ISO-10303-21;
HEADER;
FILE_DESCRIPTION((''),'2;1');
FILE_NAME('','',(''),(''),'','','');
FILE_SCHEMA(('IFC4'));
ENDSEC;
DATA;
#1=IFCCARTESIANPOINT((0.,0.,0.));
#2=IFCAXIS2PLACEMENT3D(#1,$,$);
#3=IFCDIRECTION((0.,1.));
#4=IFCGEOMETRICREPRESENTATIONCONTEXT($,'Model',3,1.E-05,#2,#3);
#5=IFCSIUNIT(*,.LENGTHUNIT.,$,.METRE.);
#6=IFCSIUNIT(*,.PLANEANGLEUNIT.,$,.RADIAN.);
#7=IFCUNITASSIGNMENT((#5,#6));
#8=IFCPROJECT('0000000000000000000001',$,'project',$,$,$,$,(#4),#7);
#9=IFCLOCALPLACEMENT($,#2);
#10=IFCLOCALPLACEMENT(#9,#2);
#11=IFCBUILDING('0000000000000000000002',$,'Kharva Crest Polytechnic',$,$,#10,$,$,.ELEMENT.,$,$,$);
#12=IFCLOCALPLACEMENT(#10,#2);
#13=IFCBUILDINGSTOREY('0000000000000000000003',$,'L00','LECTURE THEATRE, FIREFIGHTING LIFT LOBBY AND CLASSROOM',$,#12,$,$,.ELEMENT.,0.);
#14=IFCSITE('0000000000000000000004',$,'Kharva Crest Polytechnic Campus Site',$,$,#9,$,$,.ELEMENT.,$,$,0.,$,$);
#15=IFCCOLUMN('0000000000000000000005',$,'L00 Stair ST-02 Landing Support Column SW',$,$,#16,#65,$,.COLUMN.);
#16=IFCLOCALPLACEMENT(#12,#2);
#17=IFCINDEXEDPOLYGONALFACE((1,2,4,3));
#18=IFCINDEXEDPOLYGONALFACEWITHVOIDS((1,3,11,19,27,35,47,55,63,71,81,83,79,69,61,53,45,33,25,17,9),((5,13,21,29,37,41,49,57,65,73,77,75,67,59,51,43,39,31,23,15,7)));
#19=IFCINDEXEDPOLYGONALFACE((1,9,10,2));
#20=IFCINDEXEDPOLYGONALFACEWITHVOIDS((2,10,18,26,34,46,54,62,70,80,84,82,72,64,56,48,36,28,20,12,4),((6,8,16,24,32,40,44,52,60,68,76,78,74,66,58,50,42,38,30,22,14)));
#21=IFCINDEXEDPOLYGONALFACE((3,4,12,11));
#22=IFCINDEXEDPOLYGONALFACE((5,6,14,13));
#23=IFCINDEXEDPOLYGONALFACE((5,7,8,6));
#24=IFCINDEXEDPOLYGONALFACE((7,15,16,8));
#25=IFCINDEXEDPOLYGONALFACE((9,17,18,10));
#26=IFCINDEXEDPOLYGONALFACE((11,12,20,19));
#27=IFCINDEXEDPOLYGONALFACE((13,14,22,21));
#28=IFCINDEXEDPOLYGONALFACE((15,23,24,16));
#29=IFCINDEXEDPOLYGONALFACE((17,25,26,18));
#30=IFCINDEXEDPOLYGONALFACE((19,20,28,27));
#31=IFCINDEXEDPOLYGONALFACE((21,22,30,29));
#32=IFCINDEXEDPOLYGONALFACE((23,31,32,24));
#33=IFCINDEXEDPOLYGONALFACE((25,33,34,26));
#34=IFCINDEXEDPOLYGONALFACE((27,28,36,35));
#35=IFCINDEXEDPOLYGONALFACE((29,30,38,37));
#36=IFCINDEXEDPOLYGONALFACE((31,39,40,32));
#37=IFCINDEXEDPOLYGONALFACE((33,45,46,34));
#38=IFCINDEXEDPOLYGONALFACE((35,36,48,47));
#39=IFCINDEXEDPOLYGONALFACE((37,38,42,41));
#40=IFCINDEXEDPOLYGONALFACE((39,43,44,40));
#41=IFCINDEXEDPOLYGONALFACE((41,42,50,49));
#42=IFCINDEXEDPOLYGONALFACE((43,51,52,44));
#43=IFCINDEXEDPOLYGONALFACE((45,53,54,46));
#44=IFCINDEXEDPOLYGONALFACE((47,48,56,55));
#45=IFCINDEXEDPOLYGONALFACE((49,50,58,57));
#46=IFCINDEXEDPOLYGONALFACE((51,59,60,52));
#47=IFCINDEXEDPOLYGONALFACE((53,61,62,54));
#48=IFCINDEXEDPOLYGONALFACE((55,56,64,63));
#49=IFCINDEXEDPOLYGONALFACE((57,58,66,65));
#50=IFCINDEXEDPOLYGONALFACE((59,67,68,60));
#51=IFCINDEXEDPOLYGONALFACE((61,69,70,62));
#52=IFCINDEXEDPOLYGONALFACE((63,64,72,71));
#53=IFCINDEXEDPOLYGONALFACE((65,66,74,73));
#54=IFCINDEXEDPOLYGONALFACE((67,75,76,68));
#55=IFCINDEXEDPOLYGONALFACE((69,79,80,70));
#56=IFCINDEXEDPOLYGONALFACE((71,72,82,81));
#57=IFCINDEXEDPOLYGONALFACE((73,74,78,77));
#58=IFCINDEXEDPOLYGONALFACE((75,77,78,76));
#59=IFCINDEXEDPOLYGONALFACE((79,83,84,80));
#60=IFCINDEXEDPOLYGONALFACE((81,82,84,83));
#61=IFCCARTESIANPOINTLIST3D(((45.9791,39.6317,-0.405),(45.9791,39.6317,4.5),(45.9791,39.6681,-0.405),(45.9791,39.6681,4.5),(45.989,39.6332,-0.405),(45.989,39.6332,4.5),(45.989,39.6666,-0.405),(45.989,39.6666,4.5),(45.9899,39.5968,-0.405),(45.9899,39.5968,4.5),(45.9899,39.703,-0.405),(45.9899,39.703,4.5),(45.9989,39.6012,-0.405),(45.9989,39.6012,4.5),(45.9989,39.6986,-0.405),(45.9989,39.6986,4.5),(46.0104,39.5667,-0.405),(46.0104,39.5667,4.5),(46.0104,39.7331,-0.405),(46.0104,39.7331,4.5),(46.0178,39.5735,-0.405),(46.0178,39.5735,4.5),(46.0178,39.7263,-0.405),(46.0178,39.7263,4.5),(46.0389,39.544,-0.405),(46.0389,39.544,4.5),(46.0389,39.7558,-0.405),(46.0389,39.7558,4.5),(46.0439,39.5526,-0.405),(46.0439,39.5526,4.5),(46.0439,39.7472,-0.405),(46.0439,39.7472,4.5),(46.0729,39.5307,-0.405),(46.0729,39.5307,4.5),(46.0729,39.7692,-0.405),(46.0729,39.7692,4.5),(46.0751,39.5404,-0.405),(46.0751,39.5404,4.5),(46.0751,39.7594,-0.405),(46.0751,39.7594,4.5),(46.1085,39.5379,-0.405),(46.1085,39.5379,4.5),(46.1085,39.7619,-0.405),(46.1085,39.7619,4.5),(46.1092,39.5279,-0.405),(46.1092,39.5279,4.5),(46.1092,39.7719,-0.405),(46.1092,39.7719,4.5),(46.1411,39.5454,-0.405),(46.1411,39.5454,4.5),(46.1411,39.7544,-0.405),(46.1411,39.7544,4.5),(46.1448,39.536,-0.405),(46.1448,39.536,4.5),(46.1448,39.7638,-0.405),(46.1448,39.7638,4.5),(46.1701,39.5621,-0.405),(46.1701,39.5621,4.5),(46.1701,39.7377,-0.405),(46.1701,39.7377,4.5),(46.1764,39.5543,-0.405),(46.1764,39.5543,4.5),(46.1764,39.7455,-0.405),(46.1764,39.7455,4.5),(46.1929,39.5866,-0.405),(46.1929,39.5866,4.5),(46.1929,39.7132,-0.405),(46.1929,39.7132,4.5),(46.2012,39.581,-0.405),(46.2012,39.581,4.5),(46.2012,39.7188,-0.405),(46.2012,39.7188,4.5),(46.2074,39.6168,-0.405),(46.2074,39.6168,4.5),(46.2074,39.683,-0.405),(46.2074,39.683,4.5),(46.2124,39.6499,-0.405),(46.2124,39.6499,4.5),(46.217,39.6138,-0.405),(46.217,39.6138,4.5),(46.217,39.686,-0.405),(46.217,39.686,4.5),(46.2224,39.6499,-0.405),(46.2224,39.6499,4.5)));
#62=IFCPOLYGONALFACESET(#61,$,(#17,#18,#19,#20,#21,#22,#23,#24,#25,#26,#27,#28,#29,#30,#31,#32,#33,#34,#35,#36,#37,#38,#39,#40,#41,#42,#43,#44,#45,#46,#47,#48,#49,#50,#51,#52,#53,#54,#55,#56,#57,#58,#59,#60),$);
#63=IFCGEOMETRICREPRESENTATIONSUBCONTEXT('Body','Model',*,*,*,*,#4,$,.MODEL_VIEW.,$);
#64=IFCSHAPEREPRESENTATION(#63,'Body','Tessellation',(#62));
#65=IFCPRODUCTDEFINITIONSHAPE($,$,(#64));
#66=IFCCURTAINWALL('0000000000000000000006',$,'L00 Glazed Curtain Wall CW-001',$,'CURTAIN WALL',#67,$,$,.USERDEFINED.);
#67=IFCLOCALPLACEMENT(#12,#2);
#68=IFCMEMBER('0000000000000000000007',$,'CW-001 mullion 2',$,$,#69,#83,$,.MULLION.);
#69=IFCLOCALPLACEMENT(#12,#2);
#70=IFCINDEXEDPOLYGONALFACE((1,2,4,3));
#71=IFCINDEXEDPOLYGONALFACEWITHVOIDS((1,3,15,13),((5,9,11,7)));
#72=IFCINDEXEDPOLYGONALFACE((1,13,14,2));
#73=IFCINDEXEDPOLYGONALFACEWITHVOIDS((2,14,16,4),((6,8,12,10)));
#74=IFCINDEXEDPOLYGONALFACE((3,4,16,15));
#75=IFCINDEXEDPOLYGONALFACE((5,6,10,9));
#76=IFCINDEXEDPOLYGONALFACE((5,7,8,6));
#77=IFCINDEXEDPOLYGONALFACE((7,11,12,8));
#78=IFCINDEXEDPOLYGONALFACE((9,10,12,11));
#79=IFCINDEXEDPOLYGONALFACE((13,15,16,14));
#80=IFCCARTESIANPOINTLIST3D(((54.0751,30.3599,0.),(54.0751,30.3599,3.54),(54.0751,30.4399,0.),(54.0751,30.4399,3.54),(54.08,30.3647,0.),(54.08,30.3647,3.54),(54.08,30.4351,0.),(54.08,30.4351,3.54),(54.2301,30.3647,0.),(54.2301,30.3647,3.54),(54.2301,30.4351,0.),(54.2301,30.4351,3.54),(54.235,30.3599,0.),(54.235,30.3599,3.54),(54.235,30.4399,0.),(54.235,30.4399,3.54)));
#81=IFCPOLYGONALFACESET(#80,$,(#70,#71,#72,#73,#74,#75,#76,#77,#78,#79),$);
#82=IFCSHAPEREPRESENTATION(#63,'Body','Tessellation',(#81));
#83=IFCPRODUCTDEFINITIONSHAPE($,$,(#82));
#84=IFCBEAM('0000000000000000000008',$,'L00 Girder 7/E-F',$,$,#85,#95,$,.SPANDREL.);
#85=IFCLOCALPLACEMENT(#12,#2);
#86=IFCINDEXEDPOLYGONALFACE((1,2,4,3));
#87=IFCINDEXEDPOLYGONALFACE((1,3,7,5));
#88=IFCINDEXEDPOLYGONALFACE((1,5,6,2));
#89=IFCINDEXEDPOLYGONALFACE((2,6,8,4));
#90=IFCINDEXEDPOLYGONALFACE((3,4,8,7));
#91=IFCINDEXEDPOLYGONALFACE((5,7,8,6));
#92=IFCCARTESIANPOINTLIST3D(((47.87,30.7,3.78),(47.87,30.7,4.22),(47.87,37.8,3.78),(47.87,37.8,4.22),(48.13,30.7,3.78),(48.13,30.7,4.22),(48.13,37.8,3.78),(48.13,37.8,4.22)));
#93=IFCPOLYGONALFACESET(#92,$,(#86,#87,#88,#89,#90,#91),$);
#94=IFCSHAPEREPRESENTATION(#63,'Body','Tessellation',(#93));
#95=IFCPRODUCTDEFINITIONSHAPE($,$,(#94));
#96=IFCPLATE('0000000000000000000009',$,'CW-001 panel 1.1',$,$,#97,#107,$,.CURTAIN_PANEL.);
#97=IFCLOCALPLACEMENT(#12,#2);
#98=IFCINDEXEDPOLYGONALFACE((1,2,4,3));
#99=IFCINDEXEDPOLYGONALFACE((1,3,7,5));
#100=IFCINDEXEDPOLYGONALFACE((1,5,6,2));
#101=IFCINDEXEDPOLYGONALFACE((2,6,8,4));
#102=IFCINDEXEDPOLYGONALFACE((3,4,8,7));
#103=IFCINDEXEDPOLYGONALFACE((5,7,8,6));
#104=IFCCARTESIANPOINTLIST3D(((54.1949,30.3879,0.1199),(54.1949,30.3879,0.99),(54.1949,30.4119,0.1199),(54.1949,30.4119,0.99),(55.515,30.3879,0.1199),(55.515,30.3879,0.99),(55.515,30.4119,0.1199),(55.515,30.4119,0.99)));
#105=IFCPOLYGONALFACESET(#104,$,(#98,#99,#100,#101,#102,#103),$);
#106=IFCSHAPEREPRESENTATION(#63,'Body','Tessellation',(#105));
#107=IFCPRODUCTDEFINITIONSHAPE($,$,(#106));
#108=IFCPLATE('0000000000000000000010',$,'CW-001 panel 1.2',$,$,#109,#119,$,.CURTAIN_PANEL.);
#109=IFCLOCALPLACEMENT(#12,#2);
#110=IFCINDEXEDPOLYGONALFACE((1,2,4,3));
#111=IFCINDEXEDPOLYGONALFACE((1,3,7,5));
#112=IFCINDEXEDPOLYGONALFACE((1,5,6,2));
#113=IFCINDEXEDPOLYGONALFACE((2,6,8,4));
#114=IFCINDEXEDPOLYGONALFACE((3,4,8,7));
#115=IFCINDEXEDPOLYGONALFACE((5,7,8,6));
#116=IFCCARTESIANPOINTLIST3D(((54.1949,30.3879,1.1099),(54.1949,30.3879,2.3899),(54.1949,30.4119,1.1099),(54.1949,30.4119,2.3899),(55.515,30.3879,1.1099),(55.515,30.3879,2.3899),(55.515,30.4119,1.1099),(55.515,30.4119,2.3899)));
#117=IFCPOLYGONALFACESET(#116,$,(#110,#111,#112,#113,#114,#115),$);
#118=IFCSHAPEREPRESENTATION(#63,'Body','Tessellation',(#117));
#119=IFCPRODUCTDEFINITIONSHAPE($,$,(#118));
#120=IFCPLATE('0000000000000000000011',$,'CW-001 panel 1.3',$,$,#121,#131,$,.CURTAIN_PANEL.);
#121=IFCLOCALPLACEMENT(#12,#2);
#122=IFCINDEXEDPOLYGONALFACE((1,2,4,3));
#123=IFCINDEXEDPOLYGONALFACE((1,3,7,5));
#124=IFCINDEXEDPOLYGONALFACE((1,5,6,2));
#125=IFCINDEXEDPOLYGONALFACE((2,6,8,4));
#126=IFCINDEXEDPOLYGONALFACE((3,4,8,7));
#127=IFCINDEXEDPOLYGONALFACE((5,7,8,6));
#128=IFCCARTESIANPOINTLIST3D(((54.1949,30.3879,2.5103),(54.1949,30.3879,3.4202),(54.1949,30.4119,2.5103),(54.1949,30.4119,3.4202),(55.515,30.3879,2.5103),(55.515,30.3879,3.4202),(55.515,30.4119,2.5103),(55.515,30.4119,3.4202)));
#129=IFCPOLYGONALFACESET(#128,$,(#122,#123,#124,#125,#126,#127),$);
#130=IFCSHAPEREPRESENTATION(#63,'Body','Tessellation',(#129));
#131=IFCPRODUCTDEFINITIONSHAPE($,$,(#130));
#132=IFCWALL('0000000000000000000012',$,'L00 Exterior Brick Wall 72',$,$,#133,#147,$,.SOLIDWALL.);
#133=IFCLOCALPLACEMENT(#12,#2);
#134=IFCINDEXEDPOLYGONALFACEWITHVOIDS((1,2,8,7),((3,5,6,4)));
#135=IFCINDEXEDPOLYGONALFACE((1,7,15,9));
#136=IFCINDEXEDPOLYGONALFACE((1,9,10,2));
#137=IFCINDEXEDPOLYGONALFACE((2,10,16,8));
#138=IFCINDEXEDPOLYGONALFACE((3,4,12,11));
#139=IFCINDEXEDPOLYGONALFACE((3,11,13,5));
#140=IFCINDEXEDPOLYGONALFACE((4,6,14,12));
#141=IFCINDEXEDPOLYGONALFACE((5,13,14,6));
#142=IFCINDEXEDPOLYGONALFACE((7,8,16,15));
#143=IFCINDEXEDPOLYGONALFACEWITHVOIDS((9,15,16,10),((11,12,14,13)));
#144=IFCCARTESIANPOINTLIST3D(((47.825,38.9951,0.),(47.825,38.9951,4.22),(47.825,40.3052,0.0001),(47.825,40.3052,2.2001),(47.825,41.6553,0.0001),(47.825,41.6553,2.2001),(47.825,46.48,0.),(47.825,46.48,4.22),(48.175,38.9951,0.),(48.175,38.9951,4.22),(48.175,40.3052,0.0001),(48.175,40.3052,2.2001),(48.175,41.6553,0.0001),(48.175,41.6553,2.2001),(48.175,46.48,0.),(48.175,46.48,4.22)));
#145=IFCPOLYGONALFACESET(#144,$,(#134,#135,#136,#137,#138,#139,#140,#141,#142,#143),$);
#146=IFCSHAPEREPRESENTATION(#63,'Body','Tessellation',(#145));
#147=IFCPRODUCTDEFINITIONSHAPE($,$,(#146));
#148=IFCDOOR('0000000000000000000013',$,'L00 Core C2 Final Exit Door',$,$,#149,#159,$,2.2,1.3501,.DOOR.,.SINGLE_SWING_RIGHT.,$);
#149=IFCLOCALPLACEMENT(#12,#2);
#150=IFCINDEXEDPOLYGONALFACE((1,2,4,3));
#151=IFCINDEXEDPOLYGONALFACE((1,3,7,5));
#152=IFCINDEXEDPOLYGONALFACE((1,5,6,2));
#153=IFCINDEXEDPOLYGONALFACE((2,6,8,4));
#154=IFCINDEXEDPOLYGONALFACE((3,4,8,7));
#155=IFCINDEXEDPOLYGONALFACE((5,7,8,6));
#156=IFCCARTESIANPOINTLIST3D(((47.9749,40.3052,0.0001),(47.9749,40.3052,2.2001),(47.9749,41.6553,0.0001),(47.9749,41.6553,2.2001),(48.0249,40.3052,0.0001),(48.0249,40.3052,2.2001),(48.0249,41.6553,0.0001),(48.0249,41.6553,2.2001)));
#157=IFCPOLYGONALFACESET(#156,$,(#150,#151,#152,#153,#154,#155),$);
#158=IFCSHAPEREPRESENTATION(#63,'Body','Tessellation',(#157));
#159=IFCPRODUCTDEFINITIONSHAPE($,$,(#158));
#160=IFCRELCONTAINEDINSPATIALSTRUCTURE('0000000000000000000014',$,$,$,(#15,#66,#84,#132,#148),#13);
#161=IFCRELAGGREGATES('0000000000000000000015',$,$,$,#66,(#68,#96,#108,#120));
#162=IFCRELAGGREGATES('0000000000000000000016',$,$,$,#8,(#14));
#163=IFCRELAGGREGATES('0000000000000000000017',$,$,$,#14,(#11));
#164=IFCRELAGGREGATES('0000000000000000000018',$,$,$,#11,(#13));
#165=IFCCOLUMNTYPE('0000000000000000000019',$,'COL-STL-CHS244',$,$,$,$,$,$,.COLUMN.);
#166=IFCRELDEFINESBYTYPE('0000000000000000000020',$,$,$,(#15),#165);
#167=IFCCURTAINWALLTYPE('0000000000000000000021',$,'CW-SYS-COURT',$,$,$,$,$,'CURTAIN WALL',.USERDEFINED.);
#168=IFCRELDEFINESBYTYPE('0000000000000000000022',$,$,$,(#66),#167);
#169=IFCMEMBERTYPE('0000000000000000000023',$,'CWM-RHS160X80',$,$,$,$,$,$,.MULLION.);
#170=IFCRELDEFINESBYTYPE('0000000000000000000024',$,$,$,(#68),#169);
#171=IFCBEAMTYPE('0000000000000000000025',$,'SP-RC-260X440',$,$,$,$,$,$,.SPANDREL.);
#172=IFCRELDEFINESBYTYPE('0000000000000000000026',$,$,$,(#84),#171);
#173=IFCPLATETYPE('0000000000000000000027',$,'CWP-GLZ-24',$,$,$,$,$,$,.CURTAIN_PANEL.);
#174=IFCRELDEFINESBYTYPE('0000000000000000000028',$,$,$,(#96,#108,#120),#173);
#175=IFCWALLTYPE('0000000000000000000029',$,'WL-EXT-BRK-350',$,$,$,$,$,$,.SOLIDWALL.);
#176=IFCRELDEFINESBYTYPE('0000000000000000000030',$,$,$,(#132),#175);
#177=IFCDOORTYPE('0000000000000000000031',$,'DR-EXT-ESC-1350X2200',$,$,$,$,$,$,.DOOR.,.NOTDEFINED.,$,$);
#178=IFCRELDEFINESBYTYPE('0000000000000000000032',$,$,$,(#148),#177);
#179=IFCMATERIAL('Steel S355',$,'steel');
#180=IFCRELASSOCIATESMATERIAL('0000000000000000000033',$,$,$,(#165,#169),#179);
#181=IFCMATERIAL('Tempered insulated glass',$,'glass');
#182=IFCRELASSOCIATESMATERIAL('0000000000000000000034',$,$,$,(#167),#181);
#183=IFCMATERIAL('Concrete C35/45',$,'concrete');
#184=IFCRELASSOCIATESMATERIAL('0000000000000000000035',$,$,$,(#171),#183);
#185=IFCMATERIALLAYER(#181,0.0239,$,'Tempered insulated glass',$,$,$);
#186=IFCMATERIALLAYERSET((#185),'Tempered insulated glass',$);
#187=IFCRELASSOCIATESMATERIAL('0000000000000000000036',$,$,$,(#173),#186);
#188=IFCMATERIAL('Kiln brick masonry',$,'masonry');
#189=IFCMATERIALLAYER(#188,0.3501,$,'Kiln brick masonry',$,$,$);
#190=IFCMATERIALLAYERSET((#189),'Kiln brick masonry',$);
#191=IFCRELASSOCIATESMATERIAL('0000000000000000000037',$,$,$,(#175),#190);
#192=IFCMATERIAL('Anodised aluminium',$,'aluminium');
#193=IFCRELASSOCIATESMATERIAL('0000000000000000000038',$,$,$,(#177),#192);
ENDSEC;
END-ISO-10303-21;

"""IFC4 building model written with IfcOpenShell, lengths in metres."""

from ifc_helpers import new_model, si_unit, direction, frame, frame_2d, origin, origin_2d, place, context, subcontext, project, spatial, rectangle, hollow_rectangle, hollow_circle, extrude, material, layer, layer_set, material_profile, profile_set, type_object, element, fill, aggregate, save


model = new_model("IFC4")

# Units and contexts
model_context = context("Model", 3, precision=1e-05, world=origin(), true_north=direction((0.0, 1.0)))
body_context = subcontext(model_context, "Body", "Model", "MODEL_VIEW")
ifc_project = project(units=[si_unit("LENGTHUNIT", "METRE"), si_unit("PLANEANGLEUNIT", "RADIAN")], contexts=[model_context])

# Site, building, storey
site_placement = place(None, origin())
site = spatial("IfcSite", under=ifc_project, at=site_placement, Name="Kharva Crest Polytechnic Campus Site", CompositionType="ELEMENT", RefElevation=0.0)
building_placement = place(site_placement, origin())
building = spatial("IfcBuilding", under=site, at=building_placement, Name="Kharva Crest Polytechnic", CompositionType="ELEMENT")
storey_placement = place(building_placement, origin())
storey = spatial("IfcBuildingStorey", under=building, at=storey_placement, Name="L00", Description="LECTURE THEATRE, FIREFIGHTING LIFT LOBBY AND CLASSROOM", CompositionType="ELEMENT", Elevation=0.0)

# Shared definitions
ifc_material_1 = material(Name="Concrete C35/45", Category="concrete")

# Column
ifc_material_2 = material(Name="Steel S355", Category="steel")
ifc_material_profile_1 = material_profile(ifc_material_2, hollow_circle(Radius=0.1223, WallThickness=0.01, at=origin_2d()), Name="CHS 244.5X10.0")
ifc_profile_set_1 = profile_set([ifc_material_profile_1], Name="Steel S355")
column_type_1 = type_object("IfcColumnType", Name="COL-STL-CHS244", PredefinedType="COLUMN", material=ifc_profile_set_1)
column_placement = place(storey_placement, frame((46.1001, 39.6499, -0.405), z_axis=(0.0, 0.0, 1.0), x_axis=(1.0, 0.0, 0.0)))
element("IfcColumn", 1, at=column_placement, inside=storey, type_object=column_type_1, Name="L00 Stair ST-02 Landing Support Column SW", PredefinedType="COLUMN", context=body_context, shape_type="SweptSolid", body=[
    extrude(hollow_circle(Radius=0.1223, WallThickness=0.01, at=origin_2d()), origin(), (0.0, 0.0, 1.0), 4.905),
])

# Curtain wall, member
ifc_material_3 = material(Name="Tempered insulated glass", Category="glass")
curtain_wall_type = type_object("IfcCurtainWallType", Name="CW-SYS-COURT", ElementType="CURTAIN WALL", PredefinedType="USERDEFINED", material=ifc_material_3)
curtain_wall_placement = place(storey_placement, origin())
curtain_wall = element("IfcCurtainWall", 2, at=curtain_wall_placement, inside=storey, type_object=curtain_wall_type, Name="L00 Glazed Curtain Wall CW-001", ObjectType="CURTAIN WALL", PredefinedType="USERDEFINED")
ifc_material_profile_2 = material_profile(ifc_material_2, hollow_rectangle(XDim=0.0801, YDim=0.1599, WallThickness=0.0049, at=origin_2d()), Name="RHS 160X80X5.0")
ifc_profile_set_2 = profile_set([ifc_material_profile_2], Name="Steel S355")
member_type = type_object("IfcMemberType", Name="CWM-RHS160X80", PredefinedType="MULLION", material=ifc_profile_set_2)
member_placement = place(storey_placement, frame((54.155, 30.3999, 0.0), z_axis=(0.0, 0.0, 1.0), x_axis=(0.0, -1.0, 0.0)))
member = element("IfcMember", 3, at=member_placement, type_object=member_type, Name="CW-001 mullion 2", PredefinedType="MULLION", context=body_context, shape_type="SweptSolid", body=[
    extrude(hollow_rectangle(XDim=0.0801, YDim=0.1599, WallThickness=0.0049, at=origin_2d()), origin(), (0.0, 0.0, 1.0), 3.54),
])

# Beam
ifc_material_profile_3 = material_profile(ifc_material_1, rectangle(XDim=0.26, YDim=0.4399, at=origin_2d()), Name="RECT 260 X 440")
ifc_profile_set_3 = profile_set([ifc_material_profile_3], Name="Concrete C35/45")
beam_type = type_object("IfcBeamType", Name="SP-RC-260X440", PredefinedType="SPANDREL", material=ifc_profile_set_3)
beam_placement = place(storey_placement, frame((48.0, 30.7, 4.0), z_axis=(0.0, 1.0, 0.0), x_axis=(-1.0, 0.0, 0.0)))
element("IfcBeam", 4, at=beam_placement, inside=storey, type_object=beam_type, Name="L00 Girder 7/E-F", PredefinedType="SPANDREL", context=body_context, shape_type="SweptSolid", body=[
    extrude(rectangle(XDim=0.26, YDim=0.4399, at=origin_2d()), origin(), (0.0, 0.0, 1.0), 7.1001),
])

# Plates
ifc_layer_1 = layer(ifc_material_3, 0.0239, Name="Tempered insulated glass")
ifc_layer_set_1 = layer_set([ifc_layer_1], Name="Tempered insulated glass")
plate_type = type_object("IfcPlateType", Name="CWP-GLZ-24", PredefinedType="CURTAIN_PANEL", material=ifc_layer_set_1)
plate_1_placement = place(storey_placement, frame((54.855, 30.3999, 0.1199), z_axis=(0.0, 0.0, 1.0), x_axis=(-1.0, 0.0, 0.0)))
plate_1 = element("IfcPlate", 5, at=plate_1_placement, type_object=plate_type, Name="CW-001 panel 1.1", PredefinedType="CURTAIN_PANEL", context=body_context, shape_type="SweptSolid", body=[
    extrude(rectangle(XDim=1.3201, YDim=0.0239, at=origin_2d()), origin(), (0.0, 0.0, 1.0), 0.8701),
])
plate_2_placement = place(storey_placement, frame((54.855, 30.3999, 1.1099), z_axis=(0.0, 0.0, 1.0), x_axis=(-1.0, 0.0, 0.0)))
plate_2 = element("IfcPlate", 6, at=plate_2_placement, type_object=plate_type, Name="CW-001 panel 1.2", PredefinedType="CURTAIN_PANEL", context=body_context, shape_type="SweptSolid", body=[
    extrude(rectangle(XDim=1.3201, YDim=0.0239, at=origin_2d()), origin(), (0.0, 0.0, 1.0), 1.28),
])
plate_3_placement = place(storey_placement, frame((54.855, 30.3999, 2.5103), z_axis=(0.0, 0.0, 1.0), x_axis=(-1.0, 0.0, 0.0)))
plate_3 = element("IfcPlate", 7, at=plate_3_placement, type_object=plate_type, Name="CW-001 panel 1.3", PredefinedType="CURTAIN_PANEL", context=body_context, shape_type="SweptSolid", body=[
    extrude(rectangle(XDim=1.3201, YDim=0.0239, at=origin_2d()), origin(), (0.0, 0.0, 1.0), 0.9099),
])
aggregate(curtain_wall, [member, plate_1, plate_2, plate_3])

# Wall, opening, door
ifc_material_4 = material(Name="Kiln brick masonry", Category="masonry")
ifc_layer_2 = layer(ifc_material_4, 0.3501, Name="Kiln brick masonry")
ifc_layer_set_2 = layer_set([ifc_layer_2], Name="Kiln brick masonry")
wall_type_1 = type_object("IfcWallType", Name="WL-EXT-BRK-350", PredefinedType="SOLIDWALL", material=ifc_layer_set_2)
wall_1_placement = place(storey_placement, frame((48.0, 38.9951, 0.0), z_axis=(0.0, 0.0, 1.0), x_axis=(0.0, 1.0, 0.0)))
wall_1 = element("IfcWall", 8, at=wall_1_placement, inside=storey, type_object=wall_type_1, Name="L00 Exterior Brick Wall 72", PredefinedType="SOLIDWALL", context=body_context, shape_type="SweptSolid", body=[
    extrude(rectangle(XDim=7.4849, YDim=0.3501, at=frame_2d((3.7424, 0.0))), origin(), (0.0, 0.0, 1.0), 4.22),
])
opening_1_placement = place(wall_1_placement, frame((1.3101, 0.0, 0.0)))
opening_1 = element("IfcOpeningElement", 9, at=opening_1_placement, cuts=wall_1, PredefinedType="OPENING", context=body_context, shape_type="SweptSolid", body=[
    extrude(rectangle(XDim=1.3501, YDim=2.2, at=frame_2d((0.675, 1.1001))), frame((0.0, 0.1851, 0.0), z_axis=(0.0, -1.0, 0.0), x_axis=(1.0, 0.0, 0.0)), (0.0, 0.0, 1.0), 0.3701),
])
ifc_material_5 = material(Name="Anodised aluminium", Category="aluminium")
door_type = type_object("IfcDoorType", Name="DR-EXT-ESC-1350X2200", OperationType="NOTDEFINED", PredefinedType="DOOR", material=ifc_material_5)
door_placement = place(opening_1_placement, frame((1.3501, 0.0, 0.0), z_axis=(0.0, 0.0, 1.0), x_axis=(-1.0, 0.0, 0.0)))
door = element("IfcDoor", 10, at=door_placement, inside=storey, type_object=door_type, Name="L00 Core C2 Final Exit Door", OperationType="SINGLE_SWING_RIGHT", OverallHeight=2.2, OverallWidth=1.3501, PredefinedType="DOOR", context=body_context, shape_type="SweptSolid", body=[
    extrude(rectangle(XDim=1.3501, YDim=2.2, at=frame_2d((0.675, 1.1001))), frame((0.0, 0.0249, 0.0), z_axis=(0.0, -1.0, 0.0), x_axis=(1.0, 0.0, 0.0)), (0.0, 0.0, 1.0), 0.05),
])
fill(opening_1, door)

save(model, "model.ifc")
